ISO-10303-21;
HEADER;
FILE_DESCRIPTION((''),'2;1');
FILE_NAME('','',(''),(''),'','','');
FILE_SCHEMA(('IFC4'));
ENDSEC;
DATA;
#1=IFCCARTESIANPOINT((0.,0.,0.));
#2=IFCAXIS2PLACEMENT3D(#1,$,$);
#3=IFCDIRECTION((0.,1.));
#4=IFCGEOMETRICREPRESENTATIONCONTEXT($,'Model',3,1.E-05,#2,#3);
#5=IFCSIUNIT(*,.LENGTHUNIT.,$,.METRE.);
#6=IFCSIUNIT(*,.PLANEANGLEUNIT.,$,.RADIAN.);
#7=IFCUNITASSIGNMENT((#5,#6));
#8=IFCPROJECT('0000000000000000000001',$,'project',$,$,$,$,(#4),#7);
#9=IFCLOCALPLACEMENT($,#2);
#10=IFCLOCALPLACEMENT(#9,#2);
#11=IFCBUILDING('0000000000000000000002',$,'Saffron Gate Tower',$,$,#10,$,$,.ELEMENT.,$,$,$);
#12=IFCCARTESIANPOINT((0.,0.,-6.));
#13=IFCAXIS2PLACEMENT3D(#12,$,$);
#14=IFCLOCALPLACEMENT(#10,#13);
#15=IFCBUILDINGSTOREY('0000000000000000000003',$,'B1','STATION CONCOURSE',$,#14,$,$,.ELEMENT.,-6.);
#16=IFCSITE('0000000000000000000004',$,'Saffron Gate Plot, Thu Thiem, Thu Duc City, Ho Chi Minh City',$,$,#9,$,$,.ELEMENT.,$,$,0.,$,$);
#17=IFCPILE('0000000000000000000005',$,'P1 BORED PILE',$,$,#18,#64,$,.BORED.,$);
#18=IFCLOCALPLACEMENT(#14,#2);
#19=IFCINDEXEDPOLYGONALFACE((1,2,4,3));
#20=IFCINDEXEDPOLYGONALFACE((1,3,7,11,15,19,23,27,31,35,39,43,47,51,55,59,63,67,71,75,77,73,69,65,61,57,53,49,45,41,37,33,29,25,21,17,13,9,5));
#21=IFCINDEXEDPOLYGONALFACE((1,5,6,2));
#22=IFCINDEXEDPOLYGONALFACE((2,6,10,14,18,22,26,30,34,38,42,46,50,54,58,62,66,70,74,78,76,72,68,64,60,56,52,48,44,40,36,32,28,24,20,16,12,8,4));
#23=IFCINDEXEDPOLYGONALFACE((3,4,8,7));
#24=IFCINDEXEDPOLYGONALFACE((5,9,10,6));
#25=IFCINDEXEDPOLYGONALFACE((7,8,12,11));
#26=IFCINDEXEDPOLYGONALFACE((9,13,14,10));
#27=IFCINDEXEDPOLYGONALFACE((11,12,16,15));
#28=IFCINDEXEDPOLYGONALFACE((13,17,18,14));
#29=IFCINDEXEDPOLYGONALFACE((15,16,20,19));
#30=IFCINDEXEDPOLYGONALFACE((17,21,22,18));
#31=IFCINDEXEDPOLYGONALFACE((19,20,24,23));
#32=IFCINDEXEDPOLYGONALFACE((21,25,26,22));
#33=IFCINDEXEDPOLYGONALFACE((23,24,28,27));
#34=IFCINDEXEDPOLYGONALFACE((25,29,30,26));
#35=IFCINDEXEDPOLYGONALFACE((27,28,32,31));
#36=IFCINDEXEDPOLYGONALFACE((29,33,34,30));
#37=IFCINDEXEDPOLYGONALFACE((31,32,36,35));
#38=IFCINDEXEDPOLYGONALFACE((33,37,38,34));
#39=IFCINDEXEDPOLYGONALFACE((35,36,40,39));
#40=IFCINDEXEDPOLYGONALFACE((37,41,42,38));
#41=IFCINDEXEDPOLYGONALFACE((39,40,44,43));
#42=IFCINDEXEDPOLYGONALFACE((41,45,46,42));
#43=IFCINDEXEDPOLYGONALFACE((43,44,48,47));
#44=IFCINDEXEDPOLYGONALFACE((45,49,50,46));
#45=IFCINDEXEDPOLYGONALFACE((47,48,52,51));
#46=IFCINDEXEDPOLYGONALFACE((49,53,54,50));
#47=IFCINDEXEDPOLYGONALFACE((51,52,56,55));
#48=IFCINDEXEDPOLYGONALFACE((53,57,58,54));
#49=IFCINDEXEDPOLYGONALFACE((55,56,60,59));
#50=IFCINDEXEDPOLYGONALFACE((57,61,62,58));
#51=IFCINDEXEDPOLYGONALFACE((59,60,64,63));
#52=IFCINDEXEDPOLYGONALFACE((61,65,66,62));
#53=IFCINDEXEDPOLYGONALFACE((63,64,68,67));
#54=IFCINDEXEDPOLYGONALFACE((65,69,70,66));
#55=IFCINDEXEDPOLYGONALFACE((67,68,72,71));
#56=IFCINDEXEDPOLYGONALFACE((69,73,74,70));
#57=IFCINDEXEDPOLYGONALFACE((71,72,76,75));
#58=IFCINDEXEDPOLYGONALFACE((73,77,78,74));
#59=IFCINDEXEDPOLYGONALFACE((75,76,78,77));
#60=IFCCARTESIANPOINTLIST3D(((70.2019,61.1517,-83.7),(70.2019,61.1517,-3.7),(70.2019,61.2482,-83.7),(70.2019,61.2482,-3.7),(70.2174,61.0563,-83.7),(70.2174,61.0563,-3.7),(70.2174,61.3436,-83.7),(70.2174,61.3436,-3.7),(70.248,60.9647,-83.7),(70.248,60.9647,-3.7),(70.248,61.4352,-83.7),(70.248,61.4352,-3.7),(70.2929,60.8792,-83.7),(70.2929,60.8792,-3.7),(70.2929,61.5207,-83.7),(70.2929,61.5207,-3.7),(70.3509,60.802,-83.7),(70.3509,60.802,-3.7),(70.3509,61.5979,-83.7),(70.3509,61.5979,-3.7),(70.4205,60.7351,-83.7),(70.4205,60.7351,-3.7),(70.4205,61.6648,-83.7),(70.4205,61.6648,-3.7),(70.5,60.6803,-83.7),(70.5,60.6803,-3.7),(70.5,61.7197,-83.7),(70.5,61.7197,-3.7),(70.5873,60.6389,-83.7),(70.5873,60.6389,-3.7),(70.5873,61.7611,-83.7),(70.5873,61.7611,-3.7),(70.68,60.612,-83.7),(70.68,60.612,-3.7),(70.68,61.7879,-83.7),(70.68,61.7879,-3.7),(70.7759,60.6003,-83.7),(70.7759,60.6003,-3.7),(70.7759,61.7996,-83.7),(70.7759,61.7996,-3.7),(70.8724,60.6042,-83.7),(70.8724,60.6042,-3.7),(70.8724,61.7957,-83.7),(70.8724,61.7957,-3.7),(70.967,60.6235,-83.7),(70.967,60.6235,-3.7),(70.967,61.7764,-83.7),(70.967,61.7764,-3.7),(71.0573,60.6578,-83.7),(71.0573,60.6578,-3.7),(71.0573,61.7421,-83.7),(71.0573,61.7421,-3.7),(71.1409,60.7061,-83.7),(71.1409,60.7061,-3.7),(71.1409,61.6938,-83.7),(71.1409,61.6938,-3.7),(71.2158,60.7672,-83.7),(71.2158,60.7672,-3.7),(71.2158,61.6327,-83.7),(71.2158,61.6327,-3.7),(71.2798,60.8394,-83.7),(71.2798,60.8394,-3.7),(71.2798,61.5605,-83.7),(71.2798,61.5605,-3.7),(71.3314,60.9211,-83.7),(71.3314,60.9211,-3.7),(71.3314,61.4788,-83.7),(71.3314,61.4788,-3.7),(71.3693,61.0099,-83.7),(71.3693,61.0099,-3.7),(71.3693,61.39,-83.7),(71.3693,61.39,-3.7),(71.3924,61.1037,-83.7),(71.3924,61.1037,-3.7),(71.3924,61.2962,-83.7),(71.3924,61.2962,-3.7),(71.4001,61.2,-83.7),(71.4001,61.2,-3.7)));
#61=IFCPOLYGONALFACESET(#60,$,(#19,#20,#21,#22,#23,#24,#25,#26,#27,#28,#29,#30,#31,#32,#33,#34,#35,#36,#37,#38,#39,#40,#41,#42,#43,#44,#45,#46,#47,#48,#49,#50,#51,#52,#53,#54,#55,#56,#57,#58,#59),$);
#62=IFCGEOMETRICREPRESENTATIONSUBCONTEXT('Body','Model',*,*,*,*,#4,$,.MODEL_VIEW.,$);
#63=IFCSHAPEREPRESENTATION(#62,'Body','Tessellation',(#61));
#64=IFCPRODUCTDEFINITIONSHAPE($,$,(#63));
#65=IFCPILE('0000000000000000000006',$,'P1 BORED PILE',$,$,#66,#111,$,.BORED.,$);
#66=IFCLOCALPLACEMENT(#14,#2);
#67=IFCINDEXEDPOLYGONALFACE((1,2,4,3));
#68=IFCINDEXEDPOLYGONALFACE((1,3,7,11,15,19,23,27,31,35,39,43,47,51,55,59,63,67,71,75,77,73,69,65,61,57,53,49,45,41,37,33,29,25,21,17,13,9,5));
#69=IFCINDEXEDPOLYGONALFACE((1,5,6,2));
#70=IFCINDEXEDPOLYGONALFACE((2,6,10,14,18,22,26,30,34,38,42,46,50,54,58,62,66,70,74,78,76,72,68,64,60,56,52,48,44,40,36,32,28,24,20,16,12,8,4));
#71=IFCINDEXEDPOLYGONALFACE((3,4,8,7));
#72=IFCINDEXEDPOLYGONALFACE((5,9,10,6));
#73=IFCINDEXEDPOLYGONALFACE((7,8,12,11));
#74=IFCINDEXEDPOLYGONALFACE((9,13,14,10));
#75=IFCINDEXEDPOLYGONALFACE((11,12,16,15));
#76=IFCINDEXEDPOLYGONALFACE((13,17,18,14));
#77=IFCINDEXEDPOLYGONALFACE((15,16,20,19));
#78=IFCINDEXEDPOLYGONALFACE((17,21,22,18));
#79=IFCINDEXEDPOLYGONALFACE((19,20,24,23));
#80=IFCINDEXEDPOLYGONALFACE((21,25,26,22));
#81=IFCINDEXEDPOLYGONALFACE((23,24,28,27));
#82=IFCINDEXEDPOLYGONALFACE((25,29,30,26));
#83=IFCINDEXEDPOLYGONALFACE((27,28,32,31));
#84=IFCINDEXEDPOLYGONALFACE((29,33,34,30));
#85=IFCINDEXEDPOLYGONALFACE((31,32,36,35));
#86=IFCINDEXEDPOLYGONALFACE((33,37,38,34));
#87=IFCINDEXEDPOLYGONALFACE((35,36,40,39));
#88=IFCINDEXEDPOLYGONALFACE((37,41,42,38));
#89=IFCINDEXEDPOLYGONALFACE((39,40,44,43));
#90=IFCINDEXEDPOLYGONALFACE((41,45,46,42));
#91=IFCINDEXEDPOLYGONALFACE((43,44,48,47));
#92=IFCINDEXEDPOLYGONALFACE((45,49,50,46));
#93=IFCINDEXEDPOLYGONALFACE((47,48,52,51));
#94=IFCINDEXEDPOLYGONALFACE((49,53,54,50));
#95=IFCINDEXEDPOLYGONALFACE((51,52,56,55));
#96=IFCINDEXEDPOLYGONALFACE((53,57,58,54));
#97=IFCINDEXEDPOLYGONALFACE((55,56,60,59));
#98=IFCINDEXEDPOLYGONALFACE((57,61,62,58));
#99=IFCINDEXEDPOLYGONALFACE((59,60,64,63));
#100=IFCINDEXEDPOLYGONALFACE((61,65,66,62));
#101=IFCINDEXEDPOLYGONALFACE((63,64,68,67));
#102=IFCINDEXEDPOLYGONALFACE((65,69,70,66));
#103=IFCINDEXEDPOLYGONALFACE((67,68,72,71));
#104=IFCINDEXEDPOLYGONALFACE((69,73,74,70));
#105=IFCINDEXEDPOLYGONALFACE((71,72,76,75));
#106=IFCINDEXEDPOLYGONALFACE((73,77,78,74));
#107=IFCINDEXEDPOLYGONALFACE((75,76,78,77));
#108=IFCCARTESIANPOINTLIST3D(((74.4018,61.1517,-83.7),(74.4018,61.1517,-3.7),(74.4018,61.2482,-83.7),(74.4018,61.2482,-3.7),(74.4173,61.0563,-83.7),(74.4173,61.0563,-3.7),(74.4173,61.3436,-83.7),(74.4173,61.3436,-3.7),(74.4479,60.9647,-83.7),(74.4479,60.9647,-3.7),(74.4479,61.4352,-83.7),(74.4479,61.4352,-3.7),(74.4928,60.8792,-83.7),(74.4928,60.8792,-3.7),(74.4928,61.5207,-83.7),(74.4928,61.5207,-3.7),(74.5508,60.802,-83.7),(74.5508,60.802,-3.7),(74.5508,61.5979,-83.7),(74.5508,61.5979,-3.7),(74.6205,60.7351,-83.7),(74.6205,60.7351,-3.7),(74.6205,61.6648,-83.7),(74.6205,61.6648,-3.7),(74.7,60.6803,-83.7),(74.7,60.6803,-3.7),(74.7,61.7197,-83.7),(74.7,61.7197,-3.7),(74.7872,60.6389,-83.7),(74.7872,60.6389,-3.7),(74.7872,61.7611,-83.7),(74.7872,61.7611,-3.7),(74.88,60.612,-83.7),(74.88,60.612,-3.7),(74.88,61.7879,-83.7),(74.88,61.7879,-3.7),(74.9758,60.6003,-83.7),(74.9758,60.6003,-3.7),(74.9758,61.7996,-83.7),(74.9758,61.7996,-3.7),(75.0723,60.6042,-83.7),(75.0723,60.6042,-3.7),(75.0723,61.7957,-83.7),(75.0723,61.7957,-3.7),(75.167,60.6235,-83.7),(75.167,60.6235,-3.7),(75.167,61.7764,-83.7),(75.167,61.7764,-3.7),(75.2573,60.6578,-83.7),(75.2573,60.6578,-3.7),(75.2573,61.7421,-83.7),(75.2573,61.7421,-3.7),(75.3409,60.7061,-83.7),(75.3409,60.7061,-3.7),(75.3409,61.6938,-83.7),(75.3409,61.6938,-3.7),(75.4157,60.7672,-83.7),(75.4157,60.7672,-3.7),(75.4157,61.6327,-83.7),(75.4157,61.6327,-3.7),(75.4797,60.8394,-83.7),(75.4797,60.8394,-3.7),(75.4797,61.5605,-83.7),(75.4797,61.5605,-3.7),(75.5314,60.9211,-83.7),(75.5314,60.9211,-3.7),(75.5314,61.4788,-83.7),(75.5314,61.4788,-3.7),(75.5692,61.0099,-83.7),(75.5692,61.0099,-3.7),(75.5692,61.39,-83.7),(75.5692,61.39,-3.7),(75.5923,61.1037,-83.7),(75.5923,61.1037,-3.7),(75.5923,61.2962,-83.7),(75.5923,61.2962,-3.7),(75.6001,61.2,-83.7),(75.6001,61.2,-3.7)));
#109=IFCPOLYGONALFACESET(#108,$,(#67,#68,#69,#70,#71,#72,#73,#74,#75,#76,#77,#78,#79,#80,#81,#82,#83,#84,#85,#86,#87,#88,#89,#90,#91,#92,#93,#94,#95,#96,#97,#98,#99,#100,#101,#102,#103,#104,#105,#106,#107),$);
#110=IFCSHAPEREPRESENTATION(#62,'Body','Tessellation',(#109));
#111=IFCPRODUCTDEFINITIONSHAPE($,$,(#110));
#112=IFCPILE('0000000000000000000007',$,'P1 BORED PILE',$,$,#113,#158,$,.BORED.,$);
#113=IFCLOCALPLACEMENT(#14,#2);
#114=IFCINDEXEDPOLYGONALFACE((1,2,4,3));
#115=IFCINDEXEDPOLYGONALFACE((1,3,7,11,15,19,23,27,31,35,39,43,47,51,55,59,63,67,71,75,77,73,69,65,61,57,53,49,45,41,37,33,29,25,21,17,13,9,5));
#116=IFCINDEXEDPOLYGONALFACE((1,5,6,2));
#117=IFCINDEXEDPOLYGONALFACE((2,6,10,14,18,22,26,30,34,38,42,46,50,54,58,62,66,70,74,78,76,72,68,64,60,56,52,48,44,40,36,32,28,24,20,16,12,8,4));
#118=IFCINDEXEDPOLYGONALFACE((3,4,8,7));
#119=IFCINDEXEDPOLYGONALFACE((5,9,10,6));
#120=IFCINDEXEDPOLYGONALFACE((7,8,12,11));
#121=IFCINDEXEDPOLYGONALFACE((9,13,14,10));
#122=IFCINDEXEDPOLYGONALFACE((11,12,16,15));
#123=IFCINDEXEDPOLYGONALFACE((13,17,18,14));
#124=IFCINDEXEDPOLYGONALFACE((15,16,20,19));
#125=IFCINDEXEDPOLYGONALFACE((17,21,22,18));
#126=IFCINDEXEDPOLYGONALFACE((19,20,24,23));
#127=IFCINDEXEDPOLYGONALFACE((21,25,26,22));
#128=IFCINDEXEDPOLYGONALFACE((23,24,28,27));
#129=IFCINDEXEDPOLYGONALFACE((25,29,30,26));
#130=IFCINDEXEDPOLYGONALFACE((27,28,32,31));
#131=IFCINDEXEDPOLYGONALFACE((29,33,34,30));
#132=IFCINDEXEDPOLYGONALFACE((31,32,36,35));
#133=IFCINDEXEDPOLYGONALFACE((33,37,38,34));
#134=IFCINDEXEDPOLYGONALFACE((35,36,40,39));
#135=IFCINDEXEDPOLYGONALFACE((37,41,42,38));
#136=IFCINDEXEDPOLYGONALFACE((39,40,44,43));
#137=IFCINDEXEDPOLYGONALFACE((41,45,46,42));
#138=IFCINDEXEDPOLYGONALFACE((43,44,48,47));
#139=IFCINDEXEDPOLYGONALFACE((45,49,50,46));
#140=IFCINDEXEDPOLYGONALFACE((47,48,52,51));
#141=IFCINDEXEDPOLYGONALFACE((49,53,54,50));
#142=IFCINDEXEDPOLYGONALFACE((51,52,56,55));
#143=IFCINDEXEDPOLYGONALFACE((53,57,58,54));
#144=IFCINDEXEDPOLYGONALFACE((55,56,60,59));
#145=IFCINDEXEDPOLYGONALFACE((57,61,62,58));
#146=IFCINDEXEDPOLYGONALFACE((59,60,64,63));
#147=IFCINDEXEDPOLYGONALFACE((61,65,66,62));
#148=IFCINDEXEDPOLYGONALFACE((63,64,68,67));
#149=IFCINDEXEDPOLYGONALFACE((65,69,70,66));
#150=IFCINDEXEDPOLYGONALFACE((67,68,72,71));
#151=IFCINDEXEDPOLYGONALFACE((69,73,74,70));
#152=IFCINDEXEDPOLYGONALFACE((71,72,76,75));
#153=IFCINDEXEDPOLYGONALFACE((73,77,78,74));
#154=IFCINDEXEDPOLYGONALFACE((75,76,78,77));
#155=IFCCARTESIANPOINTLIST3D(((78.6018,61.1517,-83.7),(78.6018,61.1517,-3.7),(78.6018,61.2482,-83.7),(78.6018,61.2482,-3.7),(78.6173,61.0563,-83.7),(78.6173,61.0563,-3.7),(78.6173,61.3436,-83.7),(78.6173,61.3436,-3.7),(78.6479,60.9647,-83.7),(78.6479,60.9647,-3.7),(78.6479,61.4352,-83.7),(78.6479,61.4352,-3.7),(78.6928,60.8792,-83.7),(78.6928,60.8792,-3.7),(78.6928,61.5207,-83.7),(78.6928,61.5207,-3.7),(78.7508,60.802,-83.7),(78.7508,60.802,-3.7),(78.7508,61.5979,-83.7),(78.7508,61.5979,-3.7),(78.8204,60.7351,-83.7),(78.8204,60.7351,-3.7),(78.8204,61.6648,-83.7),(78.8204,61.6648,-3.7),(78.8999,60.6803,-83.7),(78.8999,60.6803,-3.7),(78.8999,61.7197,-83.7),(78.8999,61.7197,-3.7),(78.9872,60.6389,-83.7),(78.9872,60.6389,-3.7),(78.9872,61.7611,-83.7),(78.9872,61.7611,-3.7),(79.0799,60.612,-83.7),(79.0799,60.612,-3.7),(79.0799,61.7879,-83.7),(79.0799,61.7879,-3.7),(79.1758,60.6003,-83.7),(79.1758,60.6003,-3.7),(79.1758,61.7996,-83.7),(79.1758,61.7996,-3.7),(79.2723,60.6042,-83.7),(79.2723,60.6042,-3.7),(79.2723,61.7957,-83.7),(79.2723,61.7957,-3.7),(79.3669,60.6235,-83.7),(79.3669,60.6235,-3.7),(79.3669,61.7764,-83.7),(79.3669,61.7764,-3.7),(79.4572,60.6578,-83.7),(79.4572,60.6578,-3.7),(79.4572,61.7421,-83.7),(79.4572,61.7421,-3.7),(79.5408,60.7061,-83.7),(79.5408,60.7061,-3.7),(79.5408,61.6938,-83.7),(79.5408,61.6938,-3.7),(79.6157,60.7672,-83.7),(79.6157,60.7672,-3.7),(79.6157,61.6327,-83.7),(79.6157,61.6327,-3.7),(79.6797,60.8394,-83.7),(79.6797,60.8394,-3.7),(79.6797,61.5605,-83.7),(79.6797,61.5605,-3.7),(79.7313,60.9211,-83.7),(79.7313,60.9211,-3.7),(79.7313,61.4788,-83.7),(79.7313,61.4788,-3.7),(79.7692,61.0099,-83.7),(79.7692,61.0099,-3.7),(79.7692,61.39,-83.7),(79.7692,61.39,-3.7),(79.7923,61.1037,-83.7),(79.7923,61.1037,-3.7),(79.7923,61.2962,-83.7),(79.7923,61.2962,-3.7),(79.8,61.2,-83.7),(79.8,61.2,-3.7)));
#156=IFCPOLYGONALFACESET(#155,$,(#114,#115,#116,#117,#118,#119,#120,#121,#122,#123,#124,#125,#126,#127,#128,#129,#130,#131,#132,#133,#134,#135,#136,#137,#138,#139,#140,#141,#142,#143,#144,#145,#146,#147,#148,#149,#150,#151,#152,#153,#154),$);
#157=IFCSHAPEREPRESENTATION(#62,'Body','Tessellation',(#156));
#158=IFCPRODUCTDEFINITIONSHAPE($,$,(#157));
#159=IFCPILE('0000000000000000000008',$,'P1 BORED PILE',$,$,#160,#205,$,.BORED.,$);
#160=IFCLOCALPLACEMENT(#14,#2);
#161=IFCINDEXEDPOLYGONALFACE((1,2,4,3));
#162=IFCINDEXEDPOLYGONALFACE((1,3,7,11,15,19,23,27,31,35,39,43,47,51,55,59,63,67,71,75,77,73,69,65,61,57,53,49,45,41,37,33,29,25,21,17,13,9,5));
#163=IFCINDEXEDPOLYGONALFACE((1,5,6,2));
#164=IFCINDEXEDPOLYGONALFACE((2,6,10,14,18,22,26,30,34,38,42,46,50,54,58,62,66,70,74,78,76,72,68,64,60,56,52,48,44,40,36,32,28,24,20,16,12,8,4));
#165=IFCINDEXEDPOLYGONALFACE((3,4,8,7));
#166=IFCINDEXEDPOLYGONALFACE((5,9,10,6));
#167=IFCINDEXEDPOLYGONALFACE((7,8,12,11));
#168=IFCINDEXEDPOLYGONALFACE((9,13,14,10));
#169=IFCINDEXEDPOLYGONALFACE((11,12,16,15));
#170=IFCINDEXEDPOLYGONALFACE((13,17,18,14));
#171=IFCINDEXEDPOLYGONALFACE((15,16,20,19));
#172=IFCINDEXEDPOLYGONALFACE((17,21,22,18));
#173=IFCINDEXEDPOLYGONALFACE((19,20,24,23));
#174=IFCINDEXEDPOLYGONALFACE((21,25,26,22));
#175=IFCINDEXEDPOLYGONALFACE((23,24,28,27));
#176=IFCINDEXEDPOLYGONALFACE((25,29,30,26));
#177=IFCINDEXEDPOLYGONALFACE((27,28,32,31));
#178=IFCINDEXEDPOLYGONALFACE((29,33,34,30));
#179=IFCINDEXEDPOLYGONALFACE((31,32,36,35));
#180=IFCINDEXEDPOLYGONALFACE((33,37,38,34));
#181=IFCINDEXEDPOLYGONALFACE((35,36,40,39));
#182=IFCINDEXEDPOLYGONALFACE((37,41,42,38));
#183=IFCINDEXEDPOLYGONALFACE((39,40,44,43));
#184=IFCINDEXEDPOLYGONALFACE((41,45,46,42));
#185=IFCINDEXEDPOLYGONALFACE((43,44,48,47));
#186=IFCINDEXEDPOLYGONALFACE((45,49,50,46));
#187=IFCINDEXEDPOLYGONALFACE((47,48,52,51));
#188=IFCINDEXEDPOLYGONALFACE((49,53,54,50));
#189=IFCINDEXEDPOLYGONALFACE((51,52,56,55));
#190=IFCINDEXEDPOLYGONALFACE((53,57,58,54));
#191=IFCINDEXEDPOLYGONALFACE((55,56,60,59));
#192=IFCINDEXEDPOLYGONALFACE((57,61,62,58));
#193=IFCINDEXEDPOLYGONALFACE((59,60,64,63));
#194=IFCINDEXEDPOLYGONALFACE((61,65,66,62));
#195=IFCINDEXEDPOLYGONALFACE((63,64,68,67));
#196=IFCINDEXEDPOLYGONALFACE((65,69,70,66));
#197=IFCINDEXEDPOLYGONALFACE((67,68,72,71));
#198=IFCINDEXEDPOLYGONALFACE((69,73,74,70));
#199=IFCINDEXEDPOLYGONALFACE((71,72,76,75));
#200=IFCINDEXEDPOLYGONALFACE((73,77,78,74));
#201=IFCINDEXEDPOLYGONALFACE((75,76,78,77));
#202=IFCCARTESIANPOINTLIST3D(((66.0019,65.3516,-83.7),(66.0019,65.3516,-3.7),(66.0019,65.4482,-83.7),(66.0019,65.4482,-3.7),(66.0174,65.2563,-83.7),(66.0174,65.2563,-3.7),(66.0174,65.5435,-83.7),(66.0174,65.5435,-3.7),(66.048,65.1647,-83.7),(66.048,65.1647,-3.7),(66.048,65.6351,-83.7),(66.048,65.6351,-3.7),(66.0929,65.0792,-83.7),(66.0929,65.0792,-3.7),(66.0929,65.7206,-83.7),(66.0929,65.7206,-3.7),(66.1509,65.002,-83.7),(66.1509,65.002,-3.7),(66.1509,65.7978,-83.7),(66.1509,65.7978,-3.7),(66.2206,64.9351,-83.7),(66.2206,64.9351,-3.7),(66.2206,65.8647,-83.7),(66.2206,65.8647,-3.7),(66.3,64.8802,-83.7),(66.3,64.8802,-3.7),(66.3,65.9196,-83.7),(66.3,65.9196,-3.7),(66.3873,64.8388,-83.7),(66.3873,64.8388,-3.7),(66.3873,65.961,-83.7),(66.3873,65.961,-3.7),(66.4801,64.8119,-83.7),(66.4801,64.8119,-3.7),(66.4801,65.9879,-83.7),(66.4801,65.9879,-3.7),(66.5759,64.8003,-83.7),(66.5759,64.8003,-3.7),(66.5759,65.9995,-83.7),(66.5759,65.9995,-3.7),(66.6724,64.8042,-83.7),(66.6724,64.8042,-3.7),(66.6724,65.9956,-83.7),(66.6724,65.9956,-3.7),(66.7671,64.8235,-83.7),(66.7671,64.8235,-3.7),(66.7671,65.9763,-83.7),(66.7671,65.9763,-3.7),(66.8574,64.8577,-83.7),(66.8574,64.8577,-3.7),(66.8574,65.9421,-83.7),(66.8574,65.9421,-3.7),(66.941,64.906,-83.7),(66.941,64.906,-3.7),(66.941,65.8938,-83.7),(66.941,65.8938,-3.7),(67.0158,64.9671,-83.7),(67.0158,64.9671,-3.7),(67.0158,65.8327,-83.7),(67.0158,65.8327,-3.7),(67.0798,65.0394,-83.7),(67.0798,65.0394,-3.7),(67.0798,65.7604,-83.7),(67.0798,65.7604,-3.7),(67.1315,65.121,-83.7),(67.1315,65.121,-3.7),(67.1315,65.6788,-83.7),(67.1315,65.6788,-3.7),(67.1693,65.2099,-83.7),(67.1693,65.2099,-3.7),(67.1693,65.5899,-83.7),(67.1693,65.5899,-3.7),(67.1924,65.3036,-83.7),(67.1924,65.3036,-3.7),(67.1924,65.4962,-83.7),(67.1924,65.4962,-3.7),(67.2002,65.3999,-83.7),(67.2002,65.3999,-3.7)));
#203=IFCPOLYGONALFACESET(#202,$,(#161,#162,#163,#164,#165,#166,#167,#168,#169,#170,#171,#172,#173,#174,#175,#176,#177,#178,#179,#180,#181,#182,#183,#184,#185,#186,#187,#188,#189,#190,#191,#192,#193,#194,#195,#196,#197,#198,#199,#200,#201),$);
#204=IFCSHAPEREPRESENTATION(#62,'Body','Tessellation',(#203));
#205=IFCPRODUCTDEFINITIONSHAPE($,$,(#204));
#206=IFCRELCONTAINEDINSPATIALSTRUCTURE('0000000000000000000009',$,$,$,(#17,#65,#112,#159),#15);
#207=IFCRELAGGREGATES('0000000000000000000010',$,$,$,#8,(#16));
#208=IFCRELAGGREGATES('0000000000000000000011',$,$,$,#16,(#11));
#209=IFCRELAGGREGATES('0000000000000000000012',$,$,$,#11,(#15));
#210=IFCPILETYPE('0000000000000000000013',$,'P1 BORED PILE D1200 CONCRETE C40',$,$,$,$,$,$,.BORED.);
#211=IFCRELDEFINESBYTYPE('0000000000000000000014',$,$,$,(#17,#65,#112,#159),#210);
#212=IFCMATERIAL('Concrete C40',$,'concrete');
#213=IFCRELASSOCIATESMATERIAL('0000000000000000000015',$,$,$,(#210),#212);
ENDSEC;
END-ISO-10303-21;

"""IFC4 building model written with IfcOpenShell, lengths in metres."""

from ifc_helpers import new_model, si_unit, direction, frame, origin, origin_2d, place, context, subcontext, project, spatial, circle, extrude, material, material_profile, profile_set, type_object, element, save


model = new_model("IFC4")

# Units and contexts
model_context = context("Model", 3, precision=1e-05, world=origin(), true_north=direction((0.0, 1.0)))
body_context = subcontext(model_context, "Body", "Model", "MODEL_VIEW")
ifc_project = project(units=[si_unit("LENGTHUNIT", "METRE"), si_unit("PLANEANGLEUNIT", "RADIAN")], contexts=[model_context])

# Site, building, storey
site_placement = place(None, origin())
site = spatial("IfcSite", under=ifc_project, at=site_placement, Name="Saffron Gate Plot, Thu Thiem, Thu Duc City, Ho Chi Minh City", CompositionType="ELEMENT", RefElevation=0.0)
building_placement = place(site_placement, origin())
building = spatial("IfcBuilding", under=site, at=building_placement, Name="Saffron Gate Tower", CompositionType="ELEMENT")
storey_placement = place(building_placement, frame((0.0, 0.0, -6.0)))
storey = spatial("IfcBuildingStorey", under=building, at=storey_placement, Name="B1", Description="STATION CONCOURSE", CompositionType="ELEMENT", Elevation=-6.0)

# Piles
ifc_material_1 = material(Name="Concrete C40", Category="concrete")
ifc_material_profile = material_profile(ifc_material_1, circle(Radius=0.6001, at=origin_2d()))
ifc_profile_set = profile_set([ifc_material_profile], Name="Concrete C40")
pile_type = type_object("IfcPileType", Name="P1 BORED PILE D1200 CONCRETE C40", PredefinedType="BORED", material=ifc_profile_set)
for number, where, z_axis, x_axis, name in (
    (1, (70.8, 61.2, -3.7), (0.0, 0.0, -1.0), (1.0, 0.0, 0.0), "P1 BORED PILE"),
    (2, (75.0, 61.2, -3.7), (0.0, 0.0, -1.0), (1.0, 0.0, 0.0), "P1 BORED PILE"),
    (3, (79.2, 61.2, -3.7), (0.0, 0.0, -1.0), (1.0, 0.0, 0.0), "P1 BORED PILE"),
    (4, (66.6001, 65.3999, -3.7), (0.0, 0.0, -1.0), (1.0, 0.0, 0.0), "P1 BORED PILE"),
):
    element("IfcPile", number, at=place(storey_placement, frame(where, z_axis=z_axis, x_axis=x_axis)), inside=storey, type_object=pile_type, Name=name, PredefinedType="BORED", context=body_context, shape_type="SweptSolid", body=[
        extrude(circle(Radius=0.6001, at=origin_2d()), origin(), (0.0, 0.0, 1.0), 80.0),
    ])

save(model, "model.ifc")
